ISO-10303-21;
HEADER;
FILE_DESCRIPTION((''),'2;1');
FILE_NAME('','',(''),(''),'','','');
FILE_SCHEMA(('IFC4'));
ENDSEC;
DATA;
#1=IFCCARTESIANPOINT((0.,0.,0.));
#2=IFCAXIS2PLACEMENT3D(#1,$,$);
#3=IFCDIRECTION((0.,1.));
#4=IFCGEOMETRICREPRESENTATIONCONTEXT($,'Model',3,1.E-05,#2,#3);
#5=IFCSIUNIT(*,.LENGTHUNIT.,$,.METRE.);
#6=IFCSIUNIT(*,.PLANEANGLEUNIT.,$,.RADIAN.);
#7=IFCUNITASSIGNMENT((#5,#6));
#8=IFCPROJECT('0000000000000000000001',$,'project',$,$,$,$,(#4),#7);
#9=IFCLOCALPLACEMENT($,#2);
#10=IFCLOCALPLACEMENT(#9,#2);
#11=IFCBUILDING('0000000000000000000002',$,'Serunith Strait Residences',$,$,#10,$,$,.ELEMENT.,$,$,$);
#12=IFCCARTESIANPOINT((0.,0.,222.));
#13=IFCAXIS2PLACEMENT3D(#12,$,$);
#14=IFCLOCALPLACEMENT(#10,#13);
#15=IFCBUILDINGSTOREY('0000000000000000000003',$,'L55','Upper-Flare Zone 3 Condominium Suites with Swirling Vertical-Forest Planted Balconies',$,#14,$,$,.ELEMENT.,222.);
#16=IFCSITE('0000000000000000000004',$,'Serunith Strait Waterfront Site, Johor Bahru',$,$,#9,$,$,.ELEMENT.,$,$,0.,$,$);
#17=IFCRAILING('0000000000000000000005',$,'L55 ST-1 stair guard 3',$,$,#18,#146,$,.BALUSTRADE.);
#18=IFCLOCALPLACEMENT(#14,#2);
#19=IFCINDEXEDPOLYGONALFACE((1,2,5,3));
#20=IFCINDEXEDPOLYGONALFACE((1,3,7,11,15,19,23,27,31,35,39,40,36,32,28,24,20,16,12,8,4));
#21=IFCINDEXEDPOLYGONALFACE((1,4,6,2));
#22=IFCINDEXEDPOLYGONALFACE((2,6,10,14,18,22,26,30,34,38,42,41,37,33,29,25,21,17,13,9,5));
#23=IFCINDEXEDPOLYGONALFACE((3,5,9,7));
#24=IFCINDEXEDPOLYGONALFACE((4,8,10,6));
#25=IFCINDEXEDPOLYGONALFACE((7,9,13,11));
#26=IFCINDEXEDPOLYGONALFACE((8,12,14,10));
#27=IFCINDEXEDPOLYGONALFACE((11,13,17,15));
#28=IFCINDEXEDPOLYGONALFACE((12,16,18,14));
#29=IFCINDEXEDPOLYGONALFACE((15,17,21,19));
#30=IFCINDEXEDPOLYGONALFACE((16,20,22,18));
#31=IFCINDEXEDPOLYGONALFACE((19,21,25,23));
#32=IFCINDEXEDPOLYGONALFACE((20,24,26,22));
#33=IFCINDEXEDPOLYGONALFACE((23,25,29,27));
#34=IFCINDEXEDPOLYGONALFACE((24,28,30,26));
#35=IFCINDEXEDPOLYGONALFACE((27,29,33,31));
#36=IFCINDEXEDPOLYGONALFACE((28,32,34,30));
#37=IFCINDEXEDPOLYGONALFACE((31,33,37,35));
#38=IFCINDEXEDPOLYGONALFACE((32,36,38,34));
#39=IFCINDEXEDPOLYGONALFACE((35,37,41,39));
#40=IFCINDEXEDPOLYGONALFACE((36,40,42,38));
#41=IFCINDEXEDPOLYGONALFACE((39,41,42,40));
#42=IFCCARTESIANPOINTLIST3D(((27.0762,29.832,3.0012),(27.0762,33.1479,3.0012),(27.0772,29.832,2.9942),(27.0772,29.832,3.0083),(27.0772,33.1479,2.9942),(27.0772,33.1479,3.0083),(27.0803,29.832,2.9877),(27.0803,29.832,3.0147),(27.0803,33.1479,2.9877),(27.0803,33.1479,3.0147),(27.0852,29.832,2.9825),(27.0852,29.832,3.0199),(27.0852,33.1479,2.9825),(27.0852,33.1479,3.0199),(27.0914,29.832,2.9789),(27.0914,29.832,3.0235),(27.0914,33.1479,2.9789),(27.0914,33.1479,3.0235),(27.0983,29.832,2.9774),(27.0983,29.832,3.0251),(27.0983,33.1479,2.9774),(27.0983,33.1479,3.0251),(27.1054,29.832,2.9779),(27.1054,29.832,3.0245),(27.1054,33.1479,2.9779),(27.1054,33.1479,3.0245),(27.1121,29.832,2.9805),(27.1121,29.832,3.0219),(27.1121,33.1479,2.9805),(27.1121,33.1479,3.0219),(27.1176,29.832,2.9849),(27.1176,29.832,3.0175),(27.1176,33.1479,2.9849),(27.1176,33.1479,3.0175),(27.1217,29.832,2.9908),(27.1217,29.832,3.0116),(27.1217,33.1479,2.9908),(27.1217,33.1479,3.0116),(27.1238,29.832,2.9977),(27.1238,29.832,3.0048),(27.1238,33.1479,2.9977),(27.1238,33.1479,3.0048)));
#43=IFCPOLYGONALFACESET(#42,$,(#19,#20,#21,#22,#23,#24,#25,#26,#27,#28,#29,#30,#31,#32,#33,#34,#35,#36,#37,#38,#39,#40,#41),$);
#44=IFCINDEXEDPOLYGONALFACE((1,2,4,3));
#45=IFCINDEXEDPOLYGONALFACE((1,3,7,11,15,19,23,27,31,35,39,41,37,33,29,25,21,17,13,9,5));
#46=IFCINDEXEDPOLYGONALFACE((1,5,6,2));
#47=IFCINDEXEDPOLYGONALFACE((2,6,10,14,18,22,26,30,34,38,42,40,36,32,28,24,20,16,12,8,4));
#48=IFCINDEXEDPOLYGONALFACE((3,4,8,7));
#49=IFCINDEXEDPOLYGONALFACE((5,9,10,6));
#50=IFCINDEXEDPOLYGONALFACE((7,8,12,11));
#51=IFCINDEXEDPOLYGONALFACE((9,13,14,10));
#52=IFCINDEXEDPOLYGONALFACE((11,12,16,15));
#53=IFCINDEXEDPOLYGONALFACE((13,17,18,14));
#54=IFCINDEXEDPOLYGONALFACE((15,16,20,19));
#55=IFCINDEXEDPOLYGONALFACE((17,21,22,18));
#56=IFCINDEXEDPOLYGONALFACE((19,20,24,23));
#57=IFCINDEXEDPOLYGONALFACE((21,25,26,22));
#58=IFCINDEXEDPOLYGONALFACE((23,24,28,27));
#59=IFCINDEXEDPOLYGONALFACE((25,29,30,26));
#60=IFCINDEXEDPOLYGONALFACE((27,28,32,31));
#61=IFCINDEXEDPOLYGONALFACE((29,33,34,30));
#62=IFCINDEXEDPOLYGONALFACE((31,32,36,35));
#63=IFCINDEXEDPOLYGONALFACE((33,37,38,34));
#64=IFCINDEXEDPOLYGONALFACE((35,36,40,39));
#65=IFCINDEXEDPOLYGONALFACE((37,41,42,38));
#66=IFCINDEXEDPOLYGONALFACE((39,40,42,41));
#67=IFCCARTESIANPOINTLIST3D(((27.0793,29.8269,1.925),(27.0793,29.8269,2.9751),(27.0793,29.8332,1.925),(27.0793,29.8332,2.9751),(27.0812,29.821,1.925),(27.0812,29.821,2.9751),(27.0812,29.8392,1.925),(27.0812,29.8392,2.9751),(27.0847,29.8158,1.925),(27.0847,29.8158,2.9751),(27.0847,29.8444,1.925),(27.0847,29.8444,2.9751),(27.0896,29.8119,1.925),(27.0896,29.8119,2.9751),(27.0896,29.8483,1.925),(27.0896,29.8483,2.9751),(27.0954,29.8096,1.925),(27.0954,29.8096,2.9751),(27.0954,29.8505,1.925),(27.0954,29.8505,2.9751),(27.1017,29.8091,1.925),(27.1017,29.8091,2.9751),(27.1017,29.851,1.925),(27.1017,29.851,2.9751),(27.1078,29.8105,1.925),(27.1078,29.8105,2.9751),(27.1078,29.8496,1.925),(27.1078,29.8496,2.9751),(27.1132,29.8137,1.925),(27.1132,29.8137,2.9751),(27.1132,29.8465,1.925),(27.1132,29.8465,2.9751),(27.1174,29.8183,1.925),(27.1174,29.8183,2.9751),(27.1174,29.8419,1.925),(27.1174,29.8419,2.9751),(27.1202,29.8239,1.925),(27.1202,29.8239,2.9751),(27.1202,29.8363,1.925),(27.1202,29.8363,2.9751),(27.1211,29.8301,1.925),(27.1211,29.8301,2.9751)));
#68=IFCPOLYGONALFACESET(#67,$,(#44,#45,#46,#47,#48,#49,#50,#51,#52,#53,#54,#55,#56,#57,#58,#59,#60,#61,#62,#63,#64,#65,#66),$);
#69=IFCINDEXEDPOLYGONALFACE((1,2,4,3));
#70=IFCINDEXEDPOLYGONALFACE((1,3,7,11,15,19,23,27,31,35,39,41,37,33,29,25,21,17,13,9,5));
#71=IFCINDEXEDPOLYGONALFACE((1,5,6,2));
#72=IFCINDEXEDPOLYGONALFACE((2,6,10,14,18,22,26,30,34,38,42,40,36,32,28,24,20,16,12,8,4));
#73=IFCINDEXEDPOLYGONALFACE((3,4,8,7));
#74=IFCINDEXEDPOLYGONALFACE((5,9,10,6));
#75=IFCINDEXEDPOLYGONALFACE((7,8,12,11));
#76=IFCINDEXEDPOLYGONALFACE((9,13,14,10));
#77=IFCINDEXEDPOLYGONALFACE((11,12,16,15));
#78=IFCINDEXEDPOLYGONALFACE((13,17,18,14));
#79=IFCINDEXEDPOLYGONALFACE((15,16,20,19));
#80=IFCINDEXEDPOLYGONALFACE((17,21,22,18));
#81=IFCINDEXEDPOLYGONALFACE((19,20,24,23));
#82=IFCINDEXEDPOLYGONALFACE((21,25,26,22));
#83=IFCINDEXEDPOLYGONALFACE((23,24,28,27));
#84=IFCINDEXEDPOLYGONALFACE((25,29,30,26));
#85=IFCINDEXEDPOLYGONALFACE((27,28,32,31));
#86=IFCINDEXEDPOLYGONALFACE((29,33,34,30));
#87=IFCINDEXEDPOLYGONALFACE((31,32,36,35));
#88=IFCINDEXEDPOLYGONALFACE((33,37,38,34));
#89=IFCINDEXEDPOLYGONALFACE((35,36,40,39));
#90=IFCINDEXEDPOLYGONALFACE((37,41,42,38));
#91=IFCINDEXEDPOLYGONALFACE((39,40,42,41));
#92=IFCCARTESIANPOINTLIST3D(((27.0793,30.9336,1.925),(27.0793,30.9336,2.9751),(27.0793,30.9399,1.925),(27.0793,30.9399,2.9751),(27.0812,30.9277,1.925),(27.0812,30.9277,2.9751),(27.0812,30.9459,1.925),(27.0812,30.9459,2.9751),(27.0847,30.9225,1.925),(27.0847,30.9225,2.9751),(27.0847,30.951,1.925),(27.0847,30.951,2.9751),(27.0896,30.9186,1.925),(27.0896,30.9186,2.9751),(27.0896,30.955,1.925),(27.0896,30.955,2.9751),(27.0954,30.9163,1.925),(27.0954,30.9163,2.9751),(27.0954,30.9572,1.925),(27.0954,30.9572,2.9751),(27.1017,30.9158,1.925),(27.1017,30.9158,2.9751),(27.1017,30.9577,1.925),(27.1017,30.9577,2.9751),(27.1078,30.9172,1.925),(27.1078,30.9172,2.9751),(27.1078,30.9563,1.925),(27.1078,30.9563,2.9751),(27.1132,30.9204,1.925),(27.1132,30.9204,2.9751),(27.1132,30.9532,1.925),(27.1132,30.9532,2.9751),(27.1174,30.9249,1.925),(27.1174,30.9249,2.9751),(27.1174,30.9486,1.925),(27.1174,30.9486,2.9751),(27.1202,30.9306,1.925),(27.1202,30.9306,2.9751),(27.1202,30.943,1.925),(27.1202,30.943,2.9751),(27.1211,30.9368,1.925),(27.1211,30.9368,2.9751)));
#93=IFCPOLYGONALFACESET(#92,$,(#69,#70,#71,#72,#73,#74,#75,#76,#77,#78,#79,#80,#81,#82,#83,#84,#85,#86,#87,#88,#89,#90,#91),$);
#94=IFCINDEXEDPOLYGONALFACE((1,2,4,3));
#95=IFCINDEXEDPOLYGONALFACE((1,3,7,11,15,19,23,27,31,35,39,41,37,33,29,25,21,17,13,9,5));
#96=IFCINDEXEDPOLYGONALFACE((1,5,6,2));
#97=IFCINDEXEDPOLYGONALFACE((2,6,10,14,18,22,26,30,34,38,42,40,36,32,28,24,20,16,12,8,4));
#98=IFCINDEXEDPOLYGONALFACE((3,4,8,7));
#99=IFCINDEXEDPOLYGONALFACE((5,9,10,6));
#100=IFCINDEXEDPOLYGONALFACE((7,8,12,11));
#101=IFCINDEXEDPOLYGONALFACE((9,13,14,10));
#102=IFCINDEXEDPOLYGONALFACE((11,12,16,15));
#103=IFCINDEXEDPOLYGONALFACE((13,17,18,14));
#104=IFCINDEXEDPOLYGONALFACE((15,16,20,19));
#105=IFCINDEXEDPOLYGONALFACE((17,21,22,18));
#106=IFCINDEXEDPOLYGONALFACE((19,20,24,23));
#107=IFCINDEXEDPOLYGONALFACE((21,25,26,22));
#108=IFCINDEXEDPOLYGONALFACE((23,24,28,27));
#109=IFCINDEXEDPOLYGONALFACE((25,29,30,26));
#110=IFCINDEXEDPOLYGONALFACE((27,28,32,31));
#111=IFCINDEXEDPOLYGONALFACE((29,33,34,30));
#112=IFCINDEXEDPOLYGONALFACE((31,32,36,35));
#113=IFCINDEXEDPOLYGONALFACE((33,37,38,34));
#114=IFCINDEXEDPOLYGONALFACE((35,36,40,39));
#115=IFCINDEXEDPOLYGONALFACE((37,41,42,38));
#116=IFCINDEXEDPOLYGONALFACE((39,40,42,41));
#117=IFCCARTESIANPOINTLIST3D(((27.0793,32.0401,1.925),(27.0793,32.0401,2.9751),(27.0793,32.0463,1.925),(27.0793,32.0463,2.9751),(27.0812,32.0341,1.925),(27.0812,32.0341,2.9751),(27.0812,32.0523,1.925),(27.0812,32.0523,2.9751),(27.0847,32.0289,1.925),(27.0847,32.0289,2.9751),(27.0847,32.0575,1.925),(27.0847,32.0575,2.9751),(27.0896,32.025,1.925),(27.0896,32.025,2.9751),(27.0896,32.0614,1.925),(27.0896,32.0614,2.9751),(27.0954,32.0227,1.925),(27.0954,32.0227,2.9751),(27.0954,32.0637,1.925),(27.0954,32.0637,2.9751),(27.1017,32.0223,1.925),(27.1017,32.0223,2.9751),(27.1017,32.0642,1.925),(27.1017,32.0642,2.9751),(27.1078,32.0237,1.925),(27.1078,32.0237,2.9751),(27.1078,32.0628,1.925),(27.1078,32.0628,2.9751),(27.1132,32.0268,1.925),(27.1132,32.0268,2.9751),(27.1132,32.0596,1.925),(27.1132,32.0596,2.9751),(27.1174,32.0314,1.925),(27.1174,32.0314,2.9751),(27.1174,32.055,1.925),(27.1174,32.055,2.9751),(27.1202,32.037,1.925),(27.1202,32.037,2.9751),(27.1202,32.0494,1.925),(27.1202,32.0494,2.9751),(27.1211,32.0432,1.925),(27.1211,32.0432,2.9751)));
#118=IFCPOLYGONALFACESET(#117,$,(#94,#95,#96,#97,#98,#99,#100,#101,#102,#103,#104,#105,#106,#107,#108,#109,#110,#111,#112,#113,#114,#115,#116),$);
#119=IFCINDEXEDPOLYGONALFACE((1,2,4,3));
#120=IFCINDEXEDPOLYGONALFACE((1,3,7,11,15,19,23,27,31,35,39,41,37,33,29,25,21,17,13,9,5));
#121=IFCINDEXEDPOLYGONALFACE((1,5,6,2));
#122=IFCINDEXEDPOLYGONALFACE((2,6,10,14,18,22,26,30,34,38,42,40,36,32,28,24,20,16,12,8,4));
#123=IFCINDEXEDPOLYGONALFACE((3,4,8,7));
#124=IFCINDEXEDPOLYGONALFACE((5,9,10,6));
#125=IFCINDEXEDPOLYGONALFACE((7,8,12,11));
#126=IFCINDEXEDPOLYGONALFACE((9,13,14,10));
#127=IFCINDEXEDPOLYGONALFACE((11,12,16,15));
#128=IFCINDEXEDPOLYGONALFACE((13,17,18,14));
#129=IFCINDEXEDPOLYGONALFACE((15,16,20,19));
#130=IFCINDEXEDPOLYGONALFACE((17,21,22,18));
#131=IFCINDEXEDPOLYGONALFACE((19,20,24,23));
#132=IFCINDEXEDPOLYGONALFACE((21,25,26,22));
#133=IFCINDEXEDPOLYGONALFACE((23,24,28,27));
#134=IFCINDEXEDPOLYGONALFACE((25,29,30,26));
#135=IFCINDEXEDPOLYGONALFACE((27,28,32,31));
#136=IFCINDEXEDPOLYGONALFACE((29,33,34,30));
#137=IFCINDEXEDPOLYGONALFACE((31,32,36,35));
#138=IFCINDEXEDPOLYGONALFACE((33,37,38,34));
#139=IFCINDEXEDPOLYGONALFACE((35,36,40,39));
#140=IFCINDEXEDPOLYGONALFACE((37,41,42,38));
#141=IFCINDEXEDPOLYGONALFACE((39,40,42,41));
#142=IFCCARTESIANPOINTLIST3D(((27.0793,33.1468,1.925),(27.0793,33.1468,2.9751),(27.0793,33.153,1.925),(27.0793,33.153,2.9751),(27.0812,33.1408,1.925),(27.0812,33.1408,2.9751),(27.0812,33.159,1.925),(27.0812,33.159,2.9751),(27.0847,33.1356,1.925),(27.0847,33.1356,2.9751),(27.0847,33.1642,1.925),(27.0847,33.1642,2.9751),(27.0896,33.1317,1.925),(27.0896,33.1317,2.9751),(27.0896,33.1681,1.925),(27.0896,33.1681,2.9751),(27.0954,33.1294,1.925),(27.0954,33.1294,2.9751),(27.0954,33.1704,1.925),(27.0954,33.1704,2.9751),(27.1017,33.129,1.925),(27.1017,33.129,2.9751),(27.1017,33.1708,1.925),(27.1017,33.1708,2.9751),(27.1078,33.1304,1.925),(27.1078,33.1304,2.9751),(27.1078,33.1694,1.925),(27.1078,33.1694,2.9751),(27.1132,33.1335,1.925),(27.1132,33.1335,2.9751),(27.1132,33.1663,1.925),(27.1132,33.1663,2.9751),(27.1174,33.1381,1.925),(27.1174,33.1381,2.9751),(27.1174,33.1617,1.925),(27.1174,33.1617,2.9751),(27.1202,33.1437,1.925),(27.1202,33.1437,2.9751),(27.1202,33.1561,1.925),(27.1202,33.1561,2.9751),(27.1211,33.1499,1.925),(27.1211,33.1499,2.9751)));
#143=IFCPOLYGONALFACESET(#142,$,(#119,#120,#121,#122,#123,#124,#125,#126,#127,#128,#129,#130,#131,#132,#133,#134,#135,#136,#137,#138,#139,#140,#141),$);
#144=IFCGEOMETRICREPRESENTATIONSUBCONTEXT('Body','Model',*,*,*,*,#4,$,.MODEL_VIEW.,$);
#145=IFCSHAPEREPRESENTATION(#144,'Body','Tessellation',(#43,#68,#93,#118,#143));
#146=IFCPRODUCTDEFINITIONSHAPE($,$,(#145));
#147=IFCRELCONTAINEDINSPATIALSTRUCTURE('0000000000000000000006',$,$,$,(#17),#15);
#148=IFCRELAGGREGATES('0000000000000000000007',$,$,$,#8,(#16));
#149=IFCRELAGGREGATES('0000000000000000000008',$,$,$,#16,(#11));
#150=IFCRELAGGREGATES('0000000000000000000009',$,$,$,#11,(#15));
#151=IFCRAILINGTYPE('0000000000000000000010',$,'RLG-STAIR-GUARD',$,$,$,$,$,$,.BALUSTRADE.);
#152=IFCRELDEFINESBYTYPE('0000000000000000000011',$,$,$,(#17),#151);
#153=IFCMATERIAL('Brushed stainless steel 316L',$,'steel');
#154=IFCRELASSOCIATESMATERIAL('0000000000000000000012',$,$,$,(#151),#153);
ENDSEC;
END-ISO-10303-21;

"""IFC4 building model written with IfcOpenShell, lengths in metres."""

from ifc_helpers import new_model, si_unit, direction, frame, origin, origin_2d, place, context, subcontext, project, spatial, circle, extrude, material, type_object, element, save


model = new_model("IFC4")

# Units and contexts
model_context = context("Model", 3, precision=1e-05, world=origin(), true_north=direction((0.0, 1.0)))
body_context = subcontext(model_context, "Body", "Model", "MODEL_VIEW")
ifc_project = project(units=[si_unit("LENGTHUNIT", "METRE"), si_unit("PLANEANGLEUNIT", "RADIAN")], contexts=[model_context])

# Site, building, storey
site_placement = place(None, origin())
site = spatial("IfcSite", under=ifc_project, at=site_placement, Name="Serunith Strait Waterfront Site, Johor Bahru", CompositionType="ELEMENT", RefElevation=0.0)
building_placement = place(site_placement, origin())
building = spatial("IfcBuilding", under=site, at=building_placement, Name="Serunith Strait Residences", CompositionType="ELEMENT")
storey_placement = place(building_placement, frame((0.0, 0.0, 222.0)))
storey = spatial("IfcBuildingStorey", under=building, at=storey_placement, Name="L55", Description="Upper-Flare Zone 3 Condominium Suites with Swirling Vertical-Forest Planted Balconies", CompositionType="ELEMENT", Elevation=222.0)

# Railing
ifc_material_1 = material(Name="Brushed stainless steel 316L", Category="steel")
railing_type_1 = type_object("IfcRailingType", Name="RLG-STAIR-GUARD", PredefinedType="BALUSTRADE", material=ifc_material_1)
for number, where, name in (
    (1, (27.1001, 29.8301, 1.925), "L55 ST-1 stair guard 3"),
):
    element("IfcRailing", number, at=place(storey_placement, frame(where)), inside=storey, type_object=railing_type_1, Name=name, PredefinedType="BALUSTRADE", context=body_context, shape_type="SweptSolid", body=[
        extrude(circle(Radius=0.0239, at=origin_2d()), frame((0.0, 0.002, 1.0762), z_axis=(0.0, 1.0, 0.0), x_axis=(-1.0, 0.0, 0.0)), (0.0, 0.0, 1.0), 3.3159),
        extrude(circle(Radius=0.021, at=origin_2d()), origin(), (0.0, 0.0, 1.0), 1.05),
        extrude(circle(Radius=0.021, at=origin_2d()), frame((0.0, 1.1067, 0.0)), (0.0, 0.0, 1.0), 1.05),
        extrude(circle(Radius=0.021, at=origin_2d()), frame((0.0, 2.2131, 0.0)), (0.0, 0.0, 1.0), 1.05),
        extrude(circle(Radius=0.021, at=origin_2d()), frame((0.0, 3.3198, 0.0)), (0.0, 0.0, 1.0), 1.05),
    ])

save(model, "model.ifc")
